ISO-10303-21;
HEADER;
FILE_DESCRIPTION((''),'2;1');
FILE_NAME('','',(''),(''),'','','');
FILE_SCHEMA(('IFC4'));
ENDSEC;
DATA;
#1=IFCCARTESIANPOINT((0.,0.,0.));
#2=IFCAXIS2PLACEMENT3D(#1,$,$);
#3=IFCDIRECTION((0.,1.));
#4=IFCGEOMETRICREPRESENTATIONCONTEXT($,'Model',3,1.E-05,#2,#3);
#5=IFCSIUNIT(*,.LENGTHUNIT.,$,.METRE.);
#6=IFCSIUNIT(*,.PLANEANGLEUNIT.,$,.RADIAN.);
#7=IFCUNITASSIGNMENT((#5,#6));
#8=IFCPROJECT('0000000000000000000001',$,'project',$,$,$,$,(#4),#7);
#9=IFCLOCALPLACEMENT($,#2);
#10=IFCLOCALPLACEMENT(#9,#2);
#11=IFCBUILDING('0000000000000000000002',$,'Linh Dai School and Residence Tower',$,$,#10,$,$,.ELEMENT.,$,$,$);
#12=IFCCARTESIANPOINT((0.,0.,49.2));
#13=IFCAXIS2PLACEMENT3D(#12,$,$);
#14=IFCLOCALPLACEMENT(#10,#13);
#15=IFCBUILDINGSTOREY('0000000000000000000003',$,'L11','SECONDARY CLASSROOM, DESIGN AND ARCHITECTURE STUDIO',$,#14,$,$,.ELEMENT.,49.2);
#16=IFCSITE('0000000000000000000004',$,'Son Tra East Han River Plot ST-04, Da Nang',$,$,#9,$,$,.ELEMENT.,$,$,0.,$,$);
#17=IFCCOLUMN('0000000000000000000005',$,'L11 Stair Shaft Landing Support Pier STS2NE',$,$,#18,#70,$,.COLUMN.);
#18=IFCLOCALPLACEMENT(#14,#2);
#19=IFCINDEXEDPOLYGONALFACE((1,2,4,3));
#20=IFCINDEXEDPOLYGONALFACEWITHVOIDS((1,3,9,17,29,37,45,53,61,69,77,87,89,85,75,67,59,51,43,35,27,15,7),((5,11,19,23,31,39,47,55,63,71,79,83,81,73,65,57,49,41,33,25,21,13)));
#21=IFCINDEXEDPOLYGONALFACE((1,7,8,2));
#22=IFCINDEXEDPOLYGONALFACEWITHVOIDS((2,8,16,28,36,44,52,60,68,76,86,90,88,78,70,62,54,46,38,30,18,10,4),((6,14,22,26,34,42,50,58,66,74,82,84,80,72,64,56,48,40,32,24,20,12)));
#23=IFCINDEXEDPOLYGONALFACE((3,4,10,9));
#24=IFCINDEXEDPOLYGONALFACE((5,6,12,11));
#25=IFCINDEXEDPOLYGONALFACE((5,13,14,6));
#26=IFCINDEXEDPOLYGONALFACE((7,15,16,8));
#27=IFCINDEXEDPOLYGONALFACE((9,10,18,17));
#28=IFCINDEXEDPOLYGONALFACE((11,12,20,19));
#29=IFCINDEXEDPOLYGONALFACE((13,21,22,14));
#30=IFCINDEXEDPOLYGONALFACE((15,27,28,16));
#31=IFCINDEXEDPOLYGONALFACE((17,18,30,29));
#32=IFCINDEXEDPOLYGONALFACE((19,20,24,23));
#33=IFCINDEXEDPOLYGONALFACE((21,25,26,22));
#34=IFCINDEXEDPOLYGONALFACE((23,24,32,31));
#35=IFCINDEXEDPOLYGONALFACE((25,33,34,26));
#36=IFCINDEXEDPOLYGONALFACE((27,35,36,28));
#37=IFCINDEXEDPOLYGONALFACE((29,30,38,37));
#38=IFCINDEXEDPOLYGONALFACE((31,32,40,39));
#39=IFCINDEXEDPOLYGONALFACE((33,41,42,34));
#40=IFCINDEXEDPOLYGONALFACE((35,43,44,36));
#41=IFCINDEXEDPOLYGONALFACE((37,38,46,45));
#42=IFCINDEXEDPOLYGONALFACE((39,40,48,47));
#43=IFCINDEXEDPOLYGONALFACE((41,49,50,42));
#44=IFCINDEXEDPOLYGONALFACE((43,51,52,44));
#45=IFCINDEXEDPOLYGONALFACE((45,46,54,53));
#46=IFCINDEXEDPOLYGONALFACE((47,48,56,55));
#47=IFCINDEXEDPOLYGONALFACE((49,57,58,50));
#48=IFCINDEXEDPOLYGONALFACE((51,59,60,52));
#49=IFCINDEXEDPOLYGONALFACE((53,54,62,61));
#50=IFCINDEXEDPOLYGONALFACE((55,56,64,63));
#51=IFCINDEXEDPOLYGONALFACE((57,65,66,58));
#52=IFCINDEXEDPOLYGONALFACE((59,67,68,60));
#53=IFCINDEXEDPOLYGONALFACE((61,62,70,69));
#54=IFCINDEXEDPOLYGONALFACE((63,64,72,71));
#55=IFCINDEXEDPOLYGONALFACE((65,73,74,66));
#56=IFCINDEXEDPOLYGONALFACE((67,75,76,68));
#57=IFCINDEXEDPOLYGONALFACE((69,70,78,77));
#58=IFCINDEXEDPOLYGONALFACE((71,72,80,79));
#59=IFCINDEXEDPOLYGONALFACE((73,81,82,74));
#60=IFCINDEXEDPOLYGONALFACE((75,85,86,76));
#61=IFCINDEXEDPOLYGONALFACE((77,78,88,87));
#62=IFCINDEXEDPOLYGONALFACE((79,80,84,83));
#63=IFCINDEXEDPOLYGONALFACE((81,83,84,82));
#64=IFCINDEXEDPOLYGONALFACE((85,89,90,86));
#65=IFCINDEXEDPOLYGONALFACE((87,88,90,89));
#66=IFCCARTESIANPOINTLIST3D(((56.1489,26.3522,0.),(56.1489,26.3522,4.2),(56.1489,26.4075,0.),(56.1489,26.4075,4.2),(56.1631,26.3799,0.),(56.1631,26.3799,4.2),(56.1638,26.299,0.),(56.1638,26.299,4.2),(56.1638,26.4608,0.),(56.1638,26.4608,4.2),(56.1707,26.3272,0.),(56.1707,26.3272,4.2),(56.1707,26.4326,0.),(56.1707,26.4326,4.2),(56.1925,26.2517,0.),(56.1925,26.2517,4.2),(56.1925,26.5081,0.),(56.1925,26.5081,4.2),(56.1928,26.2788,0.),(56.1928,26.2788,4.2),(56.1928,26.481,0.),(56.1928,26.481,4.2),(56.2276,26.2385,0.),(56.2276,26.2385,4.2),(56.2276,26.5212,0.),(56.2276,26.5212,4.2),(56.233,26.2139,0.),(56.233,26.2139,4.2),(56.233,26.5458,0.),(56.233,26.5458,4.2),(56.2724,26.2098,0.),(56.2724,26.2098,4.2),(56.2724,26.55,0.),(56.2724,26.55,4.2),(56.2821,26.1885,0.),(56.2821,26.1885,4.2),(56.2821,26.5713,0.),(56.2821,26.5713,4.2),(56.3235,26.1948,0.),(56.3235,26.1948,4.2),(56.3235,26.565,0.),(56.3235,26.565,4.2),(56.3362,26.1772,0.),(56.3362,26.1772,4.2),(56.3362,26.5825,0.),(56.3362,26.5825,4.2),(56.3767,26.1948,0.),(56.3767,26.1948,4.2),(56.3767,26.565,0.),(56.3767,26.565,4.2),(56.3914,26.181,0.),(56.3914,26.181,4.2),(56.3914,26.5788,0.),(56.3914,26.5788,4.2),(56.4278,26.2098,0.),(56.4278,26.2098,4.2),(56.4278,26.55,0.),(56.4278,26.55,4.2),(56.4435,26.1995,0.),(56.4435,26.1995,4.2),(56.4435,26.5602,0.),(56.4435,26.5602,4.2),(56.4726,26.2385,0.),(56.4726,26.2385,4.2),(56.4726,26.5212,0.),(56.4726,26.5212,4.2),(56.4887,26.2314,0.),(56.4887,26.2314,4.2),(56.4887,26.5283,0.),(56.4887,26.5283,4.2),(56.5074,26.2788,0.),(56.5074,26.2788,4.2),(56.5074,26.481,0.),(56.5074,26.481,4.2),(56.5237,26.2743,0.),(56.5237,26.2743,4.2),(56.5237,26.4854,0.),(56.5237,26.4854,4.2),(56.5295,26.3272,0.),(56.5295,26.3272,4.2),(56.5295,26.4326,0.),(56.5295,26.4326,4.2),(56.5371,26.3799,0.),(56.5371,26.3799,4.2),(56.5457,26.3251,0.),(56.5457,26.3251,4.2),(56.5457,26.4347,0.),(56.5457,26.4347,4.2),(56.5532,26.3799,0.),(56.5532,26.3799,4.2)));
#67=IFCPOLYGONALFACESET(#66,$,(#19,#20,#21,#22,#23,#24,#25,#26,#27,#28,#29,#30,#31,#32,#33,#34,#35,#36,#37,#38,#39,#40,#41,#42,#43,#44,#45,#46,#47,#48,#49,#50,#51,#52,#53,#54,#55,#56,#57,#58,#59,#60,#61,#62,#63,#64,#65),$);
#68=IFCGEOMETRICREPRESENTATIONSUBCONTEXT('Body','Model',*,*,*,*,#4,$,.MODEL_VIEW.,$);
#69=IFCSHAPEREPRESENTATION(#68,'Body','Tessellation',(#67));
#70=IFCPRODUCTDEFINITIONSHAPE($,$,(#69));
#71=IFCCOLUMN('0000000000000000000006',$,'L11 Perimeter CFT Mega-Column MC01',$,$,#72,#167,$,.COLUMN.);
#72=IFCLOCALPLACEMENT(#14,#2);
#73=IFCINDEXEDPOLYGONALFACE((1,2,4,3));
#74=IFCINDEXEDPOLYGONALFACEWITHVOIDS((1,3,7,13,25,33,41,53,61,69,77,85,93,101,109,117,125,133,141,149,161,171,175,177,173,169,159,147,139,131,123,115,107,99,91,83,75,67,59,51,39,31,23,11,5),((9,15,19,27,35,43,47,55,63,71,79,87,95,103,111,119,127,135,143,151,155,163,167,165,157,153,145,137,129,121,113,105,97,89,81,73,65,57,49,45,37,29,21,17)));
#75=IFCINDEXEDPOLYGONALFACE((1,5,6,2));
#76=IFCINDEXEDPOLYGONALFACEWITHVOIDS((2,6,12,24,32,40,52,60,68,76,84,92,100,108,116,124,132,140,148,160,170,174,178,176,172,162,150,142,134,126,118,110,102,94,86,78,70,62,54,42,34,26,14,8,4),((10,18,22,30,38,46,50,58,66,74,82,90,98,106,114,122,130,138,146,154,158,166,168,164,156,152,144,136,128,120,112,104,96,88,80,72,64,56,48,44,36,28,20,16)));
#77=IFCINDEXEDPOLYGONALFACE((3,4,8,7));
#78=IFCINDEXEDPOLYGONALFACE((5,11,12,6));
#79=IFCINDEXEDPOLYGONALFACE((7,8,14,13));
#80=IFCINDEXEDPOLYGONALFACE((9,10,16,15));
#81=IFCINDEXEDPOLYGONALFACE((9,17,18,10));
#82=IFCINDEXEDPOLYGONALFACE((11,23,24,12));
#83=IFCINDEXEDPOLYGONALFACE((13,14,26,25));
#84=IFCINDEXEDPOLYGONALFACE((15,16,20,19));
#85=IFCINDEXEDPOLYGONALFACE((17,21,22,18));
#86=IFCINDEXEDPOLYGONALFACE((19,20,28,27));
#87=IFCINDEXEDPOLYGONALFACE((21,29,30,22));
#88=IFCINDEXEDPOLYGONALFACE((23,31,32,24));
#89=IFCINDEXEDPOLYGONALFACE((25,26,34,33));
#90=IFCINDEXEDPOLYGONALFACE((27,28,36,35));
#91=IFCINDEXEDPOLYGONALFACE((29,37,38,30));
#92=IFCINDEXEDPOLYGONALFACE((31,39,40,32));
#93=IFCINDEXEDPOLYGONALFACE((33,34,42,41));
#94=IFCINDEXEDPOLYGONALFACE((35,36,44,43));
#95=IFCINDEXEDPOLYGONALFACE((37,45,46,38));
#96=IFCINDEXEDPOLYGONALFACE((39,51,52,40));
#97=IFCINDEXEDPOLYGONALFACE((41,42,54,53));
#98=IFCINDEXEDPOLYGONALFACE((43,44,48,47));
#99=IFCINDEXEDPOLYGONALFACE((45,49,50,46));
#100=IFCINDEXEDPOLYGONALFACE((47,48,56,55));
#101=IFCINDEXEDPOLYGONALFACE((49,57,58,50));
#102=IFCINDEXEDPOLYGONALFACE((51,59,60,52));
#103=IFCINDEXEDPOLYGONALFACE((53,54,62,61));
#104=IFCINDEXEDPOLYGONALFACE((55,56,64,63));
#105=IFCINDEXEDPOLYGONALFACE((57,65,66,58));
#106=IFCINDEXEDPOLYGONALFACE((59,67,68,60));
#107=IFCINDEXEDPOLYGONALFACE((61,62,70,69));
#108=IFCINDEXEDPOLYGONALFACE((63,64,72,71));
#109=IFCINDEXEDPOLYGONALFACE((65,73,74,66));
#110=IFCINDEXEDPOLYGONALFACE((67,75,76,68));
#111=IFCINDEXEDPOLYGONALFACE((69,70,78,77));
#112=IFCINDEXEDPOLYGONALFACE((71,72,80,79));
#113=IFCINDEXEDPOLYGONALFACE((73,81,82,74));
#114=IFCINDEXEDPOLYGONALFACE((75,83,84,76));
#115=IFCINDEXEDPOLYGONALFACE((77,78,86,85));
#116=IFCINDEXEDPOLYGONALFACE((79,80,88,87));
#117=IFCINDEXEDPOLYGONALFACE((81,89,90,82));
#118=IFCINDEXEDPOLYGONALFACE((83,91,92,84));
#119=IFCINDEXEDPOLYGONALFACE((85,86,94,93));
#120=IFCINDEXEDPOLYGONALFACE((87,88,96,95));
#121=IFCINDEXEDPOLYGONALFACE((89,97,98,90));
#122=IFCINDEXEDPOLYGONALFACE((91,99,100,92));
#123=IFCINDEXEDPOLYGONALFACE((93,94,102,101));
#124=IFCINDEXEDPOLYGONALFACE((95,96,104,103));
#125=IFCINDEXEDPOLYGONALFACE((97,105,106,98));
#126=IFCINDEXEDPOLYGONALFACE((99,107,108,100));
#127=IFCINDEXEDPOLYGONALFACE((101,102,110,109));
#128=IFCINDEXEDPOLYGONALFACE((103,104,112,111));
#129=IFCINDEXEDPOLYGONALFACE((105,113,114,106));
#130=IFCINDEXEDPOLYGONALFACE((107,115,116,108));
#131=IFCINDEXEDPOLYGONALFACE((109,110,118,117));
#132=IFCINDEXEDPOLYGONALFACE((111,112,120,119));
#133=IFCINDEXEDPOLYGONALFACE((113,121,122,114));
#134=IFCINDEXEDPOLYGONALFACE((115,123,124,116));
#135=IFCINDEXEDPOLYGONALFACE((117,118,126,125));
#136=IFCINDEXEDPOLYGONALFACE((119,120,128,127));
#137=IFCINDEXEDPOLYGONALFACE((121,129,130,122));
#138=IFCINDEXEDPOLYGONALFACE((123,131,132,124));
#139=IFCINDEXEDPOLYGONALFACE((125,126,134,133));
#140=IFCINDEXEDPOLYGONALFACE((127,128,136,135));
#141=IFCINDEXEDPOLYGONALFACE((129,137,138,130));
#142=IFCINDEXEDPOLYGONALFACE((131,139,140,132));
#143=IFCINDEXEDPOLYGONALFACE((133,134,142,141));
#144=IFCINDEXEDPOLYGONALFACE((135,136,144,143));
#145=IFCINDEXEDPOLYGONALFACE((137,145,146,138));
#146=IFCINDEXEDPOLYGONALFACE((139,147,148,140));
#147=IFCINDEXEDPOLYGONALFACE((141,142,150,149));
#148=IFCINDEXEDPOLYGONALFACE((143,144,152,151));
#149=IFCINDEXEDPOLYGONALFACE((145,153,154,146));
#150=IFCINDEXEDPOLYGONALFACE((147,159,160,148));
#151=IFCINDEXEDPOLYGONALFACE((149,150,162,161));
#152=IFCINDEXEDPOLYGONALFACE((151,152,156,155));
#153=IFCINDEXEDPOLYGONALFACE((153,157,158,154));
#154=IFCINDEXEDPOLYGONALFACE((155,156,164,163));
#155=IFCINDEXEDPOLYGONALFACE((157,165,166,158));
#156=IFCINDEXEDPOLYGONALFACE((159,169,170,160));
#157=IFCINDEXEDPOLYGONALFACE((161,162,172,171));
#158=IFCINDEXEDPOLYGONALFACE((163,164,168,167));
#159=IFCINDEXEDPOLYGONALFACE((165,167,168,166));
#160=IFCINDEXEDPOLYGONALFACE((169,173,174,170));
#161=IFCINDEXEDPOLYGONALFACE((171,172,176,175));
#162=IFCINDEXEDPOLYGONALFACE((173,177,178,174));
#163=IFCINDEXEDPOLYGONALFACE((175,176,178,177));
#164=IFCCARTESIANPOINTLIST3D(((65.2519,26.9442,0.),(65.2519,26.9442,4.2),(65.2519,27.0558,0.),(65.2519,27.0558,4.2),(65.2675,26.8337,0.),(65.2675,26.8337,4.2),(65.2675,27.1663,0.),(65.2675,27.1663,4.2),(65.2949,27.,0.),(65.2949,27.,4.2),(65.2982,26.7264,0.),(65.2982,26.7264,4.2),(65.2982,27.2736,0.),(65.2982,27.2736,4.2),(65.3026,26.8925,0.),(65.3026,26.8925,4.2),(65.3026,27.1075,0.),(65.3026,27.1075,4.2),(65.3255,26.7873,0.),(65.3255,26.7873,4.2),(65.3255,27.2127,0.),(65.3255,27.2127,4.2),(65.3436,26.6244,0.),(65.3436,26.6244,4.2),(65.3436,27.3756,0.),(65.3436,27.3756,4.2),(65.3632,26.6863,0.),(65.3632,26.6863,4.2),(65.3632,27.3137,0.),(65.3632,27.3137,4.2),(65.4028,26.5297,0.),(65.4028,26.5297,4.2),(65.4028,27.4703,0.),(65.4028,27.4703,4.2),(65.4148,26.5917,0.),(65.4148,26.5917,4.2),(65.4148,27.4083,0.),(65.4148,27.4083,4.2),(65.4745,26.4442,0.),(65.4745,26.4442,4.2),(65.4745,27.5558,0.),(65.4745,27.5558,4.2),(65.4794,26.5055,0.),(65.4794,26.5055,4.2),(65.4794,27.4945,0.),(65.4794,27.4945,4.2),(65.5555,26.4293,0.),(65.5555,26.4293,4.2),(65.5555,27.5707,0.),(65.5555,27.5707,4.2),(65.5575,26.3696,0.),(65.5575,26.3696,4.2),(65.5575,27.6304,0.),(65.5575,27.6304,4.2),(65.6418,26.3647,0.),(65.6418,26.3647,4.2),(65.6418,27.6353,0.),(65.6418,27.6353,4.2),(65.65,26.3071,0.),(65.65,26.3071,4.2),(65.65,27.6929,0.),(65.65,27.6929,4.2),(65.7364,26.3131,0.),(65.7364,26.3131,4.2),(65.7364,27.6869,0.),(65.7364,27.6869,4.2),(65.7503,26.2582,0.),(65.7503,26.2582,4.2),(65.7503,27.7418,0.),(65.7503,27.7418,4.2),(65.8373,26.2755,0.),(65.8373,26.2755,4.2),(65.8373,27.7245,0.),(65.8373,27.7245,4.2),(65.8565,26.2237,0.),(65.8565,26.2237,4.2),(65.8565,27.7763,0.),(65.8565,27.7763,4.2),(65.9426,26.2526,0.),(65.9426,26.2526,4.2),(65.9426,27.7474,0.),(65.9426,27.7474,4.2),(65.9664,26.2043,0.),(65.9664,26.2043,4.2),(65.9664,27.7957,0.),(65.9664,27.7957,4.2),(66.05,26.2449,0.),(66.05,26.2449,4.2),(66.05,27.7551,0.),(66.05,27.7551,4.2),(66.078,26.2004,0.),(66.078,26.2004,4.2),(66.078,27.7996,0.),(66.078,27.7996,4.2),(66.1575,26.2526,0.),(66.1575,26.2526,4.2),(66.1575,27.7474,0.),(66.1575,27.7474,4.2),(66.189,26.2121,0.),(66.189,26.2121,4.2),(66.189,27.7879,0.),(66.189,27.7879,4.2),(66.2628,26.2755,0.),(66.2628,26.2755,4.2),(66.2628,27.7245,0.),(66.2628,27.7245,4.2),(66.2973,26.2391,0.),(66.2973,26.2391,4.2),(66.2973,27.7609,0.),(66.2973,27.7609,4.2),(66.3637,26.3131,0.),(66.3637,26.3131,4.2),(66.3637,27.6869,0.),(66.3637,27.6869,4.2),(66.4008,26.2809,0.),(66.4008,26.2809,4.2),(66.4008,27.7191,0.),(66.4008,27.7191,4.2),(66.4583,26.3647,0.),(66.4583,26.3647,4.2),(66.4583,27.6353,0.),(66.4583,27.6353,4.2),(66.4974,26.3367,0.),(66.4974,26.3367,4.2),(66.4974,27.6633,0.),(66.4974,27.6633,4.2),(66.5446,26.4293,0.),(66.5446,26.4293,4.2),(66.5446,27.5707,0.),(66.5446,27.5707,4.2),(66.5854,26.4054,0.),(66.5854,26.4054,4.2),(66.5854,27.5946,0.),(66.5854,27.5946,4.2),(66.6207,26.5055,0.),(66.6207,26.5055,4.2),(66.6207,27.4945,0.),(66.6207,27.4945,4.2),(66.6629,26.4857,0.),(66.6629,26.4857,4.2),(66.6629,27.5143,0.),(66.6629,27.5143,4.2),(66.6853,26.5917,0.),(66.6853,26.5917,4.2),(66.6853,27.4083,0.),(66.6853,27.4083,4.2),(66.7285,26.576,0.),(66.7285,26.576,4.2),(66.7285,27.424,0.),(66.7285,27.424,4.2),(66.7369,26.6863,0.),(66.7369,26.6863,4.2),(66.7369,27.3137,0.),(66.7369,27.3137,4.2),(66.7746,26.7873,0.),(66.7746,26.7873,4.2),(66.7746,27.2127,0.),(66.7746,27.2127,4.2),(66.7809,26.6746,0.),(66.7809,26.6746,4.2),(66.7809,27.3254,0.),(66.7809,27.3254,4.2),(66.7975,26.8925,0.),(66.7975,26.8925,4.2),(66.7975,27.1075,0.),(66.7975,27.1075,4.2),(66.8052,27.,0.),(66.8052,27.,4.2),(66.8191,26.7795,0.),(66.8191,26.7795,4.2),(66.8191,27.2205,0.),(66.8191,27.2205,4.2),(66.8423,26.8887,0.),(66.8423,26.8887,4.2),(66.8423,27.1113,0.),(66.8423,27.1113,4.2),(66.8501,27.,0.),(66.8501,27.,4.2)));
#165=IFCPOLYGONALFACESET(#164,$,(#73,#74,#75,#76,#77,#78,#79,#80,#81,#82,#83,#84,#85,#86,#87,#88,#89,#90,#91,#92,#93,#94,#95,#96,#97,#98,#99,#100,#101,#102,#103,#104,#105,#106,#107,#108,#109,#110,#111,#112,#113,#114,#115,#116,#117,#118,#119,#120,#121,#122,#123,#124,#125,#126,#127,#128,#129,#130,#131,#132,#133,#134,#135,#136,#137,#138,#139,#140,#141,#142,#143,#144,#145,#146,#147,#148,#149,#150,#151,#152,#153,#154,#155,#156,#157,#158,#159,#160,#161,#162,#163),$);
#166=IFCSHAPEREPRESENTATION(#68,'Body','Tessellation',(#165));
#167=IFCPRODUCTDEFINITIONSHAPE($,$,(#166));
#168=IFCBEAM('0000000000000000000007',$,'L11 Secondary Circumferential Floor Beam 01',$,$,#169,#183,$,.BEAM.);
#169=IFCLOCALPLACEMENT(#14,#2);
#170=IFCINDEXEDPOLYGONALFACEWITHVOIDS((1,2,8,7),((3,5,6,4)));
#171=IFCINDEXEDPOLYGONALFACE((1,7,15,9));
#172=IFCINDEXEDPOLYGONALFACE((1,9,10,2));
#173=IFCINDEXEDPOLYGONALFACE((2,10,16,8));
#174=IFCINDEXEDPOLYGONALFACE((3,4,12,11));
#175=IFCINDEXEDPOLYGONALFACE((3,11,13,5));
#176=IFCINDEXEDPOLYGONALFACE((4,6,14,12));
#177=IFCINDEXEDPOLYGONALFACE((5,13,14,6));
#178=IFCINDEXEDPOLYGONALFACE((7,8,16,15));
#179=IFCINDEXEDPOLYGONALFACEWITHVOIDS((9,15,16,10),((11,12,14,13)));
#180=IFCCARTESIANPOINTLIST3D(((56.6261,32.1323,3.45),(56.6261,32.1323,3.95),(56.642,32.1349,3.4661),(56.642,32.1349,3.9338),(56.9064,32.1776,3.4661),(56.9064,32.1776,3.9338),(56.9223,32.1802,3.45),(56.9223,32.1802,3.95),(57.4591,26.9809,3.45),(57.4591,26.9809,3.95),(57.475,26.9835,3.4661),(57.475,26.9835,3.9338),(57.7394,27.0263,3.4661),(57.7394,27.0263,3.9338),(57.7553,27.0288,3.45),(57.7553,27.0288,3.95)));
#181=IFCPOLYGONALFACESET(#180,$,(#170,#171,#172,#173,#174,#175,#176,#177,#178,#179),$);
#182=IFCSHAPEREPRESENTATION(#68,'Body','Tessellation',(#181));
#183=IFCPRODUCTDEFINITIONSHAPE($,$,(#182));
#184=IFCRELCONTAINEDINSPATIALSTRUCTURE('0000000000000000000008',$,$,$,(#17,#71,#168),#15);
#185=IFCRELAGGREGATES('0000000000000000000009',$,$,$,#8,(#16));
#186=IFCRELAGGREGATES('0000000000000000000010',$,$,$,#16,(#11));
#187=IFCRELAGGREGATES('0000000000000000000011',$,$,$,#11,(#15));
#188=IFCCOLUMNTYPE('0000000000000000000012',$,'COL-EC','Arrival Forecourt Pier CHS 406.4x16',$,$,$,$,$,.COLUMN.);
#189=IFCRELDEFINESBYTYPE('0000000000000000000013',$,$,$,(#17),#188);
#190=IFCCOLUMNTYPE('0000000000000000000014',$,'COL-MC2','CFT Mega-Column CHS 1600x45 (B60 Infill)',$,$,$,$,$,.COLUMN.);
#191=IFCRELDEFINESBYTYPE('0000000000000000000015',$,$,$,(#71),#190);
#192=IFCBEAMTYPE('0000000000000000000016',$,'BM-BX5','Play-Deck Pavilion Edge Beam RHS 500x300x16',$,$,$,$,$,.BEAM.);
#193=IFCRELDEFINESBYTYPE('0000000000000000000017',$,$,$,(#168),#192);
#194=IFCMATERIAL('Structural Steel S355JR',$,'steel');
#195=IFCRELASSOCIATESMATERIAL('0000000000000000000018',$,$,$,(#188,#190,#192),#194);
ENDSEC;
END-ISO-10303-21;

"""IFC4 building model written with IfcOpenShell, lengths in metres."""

from ifc_helpers import new_model, si_unit, direction, frame, origin, origin_2d, place, context, subcontext, project, spatial, hollow_rectangle, hollow_circle, extrude, material, material_profile, profile_set, type_object, element, save


model = new_model("IFC4")

# Units and contexts
model_context = context("Model", 3, precision=1e-05, world=origin(), true_north=direction((0.0, 1.0)))
body_context = subcontext(model_context, "Body", "Model", "MODEL_VIEW")
ifc_project = project(units=[si_unit("LENGTHUNIT", "METRE"), si_unit("PLANEANGLEUNIT", "RADIAN")], contexts=[model_context])

# Site, building, storey
site_placement = place(None, origin())
site = spatial("IfcSite", under=ifc_project, at=site_placement, Name="Son Tra East Han River Plot ST-04, Da Nang", CompositionType="ELEMENT", RefElevation=0.0)
building_placement = place(site_placement, origin())
building = spatial("IfcBuilding", under=site, at=building_placement, Name="Linh Dai School and Residence Tower", CompositionType="ELEMENT")
storey_placement = place(building_placement, frame((0.0, 0.0, 49.2)))
storey = spatial("IfcBuildingStorey", under=building, at=storey_placement, Name="L11", Description="SECONDARY CLASSROOM, DESIGN AND ARCHITECTURE STUDIO", CompositionType="ELEMENT", Elevation=49.2)

# Columns
ifc_material_1 = material(Name="Structural Steel S355JR", Category="steel")
ifc_material_profile_1 = material_profile(ifc_material_1, hollow_circle(Radius=0.2031, WallThickness=0.0161, at=origin_2d()), Name="CHS 406.4x16")
ifc_profile_set_1 = profile_set([ifc_material_profile_1], Name="Structural Steel S355JR")
column_type_1 = type_object("IfcColumnType", Name="COL-EC", Description="Arrival Forecourt Pier CHS 406.4x16", PredefinedType="COLUMN", material=ifc_profile_set_1)
column_1_placement = place(storey_placement, frame((56.3501, 26.3799, 0.0), z_axis=(0.0, 0.0, 1.0), x_axis=(1.0, 0.0, 0.0)))
element("IfcColumn", 1, at=column_1_placement, inside=storey, type_object=column_type_1, Name="L11 Stair Shaft Landing Support Pier STS2NE", PredefinedType="COLUMN", context=body_context, shape_type="SweptSolid", body=[
    extrude(hollow_circle(Radius=0.2031, WallThickness=0.0161, at=origin_2d()), origin(), (0.0, 0.0, 1.0), 4.2),
])
ifc_material_profile_2 = material_profile(ifc_material_1, hollow_circle(Radius=0.8, WallThickness=0.0449, at=origin_2d()), Name="CHS 1600x45")
ifc_profile_set_2 = profile_set([ifc_material_profile_2], Name="Structural Steel S355JR")
column_type_2 = type_object("IfcColumnType", Name="COL-MC2", Description="CFT Mega-Column CHS 1600x45 (B60 Infill)", PredefinedType="COLUMN", material=ifc_profile_set_2)
column_2_placement = place(storey_placement, frame((66.05, 27.0, 0.0), z_axis=(0.0, 0.0, 1.0), x_axis=(1.0, 0.0, 0.0)))
element("IfcColumn", 2, at=column_2_placement, inside=storey, type_object=column_type_2, Name="L11 Perimeter CFT Mega-Column MC01", PredefinedType="COLUMN", context=body_context, shape_type="SweptSolid", body=[
    extrude(hollow_circle(Radius=0.8, WallThickness=0.0449, at=origin_2d()), origin(), (0.0, 0.0, 1.0), 4.2),
])

# Beam
ifc_material_profile_3 = material_profile(ifc_material_1, hollow_rectangle(XDim=0.3, YDim=0.5, WallThickness=0.0161, at=origin_2d()), Name="RHS 500x300x16")
ifc_profile_set_3 = profile_set([ifc_material_profile_3], Name="Structural Steel S355JR")
beam_type_1 = type_object("IfcBeamType", Name="BM-BX5", Description="Play-Deck Pavilion Edge Beam RHS 500x300x16", PredefinedType="BEAM", material=ifc_profile_set_3)
beam_1_placement = place(storey_placement, frame((57.6072, 27.0049, 3.7), z_axis=(-0.159633, 0.987177, 0.0), x_axis=(-0.987177, -0.159633, 0.0)))
element("IfcBeam", 3, at=beam_1_placement, inside=storey, type_object=beam_type_1, Name="L11 Secondary Circumferential Floor Beam 01", PredefinedType="BEAM", context=body_context, shape_type="SweptSolid", body=[
    extrude(hollow_rectangle(XDim=0.3, YDim=0.5, WallThickness=0.0161, at=origin_2d()), origin(), (0.0, 0.0, 1.0), 5.2183),
])

save(model, "model.ifc")
